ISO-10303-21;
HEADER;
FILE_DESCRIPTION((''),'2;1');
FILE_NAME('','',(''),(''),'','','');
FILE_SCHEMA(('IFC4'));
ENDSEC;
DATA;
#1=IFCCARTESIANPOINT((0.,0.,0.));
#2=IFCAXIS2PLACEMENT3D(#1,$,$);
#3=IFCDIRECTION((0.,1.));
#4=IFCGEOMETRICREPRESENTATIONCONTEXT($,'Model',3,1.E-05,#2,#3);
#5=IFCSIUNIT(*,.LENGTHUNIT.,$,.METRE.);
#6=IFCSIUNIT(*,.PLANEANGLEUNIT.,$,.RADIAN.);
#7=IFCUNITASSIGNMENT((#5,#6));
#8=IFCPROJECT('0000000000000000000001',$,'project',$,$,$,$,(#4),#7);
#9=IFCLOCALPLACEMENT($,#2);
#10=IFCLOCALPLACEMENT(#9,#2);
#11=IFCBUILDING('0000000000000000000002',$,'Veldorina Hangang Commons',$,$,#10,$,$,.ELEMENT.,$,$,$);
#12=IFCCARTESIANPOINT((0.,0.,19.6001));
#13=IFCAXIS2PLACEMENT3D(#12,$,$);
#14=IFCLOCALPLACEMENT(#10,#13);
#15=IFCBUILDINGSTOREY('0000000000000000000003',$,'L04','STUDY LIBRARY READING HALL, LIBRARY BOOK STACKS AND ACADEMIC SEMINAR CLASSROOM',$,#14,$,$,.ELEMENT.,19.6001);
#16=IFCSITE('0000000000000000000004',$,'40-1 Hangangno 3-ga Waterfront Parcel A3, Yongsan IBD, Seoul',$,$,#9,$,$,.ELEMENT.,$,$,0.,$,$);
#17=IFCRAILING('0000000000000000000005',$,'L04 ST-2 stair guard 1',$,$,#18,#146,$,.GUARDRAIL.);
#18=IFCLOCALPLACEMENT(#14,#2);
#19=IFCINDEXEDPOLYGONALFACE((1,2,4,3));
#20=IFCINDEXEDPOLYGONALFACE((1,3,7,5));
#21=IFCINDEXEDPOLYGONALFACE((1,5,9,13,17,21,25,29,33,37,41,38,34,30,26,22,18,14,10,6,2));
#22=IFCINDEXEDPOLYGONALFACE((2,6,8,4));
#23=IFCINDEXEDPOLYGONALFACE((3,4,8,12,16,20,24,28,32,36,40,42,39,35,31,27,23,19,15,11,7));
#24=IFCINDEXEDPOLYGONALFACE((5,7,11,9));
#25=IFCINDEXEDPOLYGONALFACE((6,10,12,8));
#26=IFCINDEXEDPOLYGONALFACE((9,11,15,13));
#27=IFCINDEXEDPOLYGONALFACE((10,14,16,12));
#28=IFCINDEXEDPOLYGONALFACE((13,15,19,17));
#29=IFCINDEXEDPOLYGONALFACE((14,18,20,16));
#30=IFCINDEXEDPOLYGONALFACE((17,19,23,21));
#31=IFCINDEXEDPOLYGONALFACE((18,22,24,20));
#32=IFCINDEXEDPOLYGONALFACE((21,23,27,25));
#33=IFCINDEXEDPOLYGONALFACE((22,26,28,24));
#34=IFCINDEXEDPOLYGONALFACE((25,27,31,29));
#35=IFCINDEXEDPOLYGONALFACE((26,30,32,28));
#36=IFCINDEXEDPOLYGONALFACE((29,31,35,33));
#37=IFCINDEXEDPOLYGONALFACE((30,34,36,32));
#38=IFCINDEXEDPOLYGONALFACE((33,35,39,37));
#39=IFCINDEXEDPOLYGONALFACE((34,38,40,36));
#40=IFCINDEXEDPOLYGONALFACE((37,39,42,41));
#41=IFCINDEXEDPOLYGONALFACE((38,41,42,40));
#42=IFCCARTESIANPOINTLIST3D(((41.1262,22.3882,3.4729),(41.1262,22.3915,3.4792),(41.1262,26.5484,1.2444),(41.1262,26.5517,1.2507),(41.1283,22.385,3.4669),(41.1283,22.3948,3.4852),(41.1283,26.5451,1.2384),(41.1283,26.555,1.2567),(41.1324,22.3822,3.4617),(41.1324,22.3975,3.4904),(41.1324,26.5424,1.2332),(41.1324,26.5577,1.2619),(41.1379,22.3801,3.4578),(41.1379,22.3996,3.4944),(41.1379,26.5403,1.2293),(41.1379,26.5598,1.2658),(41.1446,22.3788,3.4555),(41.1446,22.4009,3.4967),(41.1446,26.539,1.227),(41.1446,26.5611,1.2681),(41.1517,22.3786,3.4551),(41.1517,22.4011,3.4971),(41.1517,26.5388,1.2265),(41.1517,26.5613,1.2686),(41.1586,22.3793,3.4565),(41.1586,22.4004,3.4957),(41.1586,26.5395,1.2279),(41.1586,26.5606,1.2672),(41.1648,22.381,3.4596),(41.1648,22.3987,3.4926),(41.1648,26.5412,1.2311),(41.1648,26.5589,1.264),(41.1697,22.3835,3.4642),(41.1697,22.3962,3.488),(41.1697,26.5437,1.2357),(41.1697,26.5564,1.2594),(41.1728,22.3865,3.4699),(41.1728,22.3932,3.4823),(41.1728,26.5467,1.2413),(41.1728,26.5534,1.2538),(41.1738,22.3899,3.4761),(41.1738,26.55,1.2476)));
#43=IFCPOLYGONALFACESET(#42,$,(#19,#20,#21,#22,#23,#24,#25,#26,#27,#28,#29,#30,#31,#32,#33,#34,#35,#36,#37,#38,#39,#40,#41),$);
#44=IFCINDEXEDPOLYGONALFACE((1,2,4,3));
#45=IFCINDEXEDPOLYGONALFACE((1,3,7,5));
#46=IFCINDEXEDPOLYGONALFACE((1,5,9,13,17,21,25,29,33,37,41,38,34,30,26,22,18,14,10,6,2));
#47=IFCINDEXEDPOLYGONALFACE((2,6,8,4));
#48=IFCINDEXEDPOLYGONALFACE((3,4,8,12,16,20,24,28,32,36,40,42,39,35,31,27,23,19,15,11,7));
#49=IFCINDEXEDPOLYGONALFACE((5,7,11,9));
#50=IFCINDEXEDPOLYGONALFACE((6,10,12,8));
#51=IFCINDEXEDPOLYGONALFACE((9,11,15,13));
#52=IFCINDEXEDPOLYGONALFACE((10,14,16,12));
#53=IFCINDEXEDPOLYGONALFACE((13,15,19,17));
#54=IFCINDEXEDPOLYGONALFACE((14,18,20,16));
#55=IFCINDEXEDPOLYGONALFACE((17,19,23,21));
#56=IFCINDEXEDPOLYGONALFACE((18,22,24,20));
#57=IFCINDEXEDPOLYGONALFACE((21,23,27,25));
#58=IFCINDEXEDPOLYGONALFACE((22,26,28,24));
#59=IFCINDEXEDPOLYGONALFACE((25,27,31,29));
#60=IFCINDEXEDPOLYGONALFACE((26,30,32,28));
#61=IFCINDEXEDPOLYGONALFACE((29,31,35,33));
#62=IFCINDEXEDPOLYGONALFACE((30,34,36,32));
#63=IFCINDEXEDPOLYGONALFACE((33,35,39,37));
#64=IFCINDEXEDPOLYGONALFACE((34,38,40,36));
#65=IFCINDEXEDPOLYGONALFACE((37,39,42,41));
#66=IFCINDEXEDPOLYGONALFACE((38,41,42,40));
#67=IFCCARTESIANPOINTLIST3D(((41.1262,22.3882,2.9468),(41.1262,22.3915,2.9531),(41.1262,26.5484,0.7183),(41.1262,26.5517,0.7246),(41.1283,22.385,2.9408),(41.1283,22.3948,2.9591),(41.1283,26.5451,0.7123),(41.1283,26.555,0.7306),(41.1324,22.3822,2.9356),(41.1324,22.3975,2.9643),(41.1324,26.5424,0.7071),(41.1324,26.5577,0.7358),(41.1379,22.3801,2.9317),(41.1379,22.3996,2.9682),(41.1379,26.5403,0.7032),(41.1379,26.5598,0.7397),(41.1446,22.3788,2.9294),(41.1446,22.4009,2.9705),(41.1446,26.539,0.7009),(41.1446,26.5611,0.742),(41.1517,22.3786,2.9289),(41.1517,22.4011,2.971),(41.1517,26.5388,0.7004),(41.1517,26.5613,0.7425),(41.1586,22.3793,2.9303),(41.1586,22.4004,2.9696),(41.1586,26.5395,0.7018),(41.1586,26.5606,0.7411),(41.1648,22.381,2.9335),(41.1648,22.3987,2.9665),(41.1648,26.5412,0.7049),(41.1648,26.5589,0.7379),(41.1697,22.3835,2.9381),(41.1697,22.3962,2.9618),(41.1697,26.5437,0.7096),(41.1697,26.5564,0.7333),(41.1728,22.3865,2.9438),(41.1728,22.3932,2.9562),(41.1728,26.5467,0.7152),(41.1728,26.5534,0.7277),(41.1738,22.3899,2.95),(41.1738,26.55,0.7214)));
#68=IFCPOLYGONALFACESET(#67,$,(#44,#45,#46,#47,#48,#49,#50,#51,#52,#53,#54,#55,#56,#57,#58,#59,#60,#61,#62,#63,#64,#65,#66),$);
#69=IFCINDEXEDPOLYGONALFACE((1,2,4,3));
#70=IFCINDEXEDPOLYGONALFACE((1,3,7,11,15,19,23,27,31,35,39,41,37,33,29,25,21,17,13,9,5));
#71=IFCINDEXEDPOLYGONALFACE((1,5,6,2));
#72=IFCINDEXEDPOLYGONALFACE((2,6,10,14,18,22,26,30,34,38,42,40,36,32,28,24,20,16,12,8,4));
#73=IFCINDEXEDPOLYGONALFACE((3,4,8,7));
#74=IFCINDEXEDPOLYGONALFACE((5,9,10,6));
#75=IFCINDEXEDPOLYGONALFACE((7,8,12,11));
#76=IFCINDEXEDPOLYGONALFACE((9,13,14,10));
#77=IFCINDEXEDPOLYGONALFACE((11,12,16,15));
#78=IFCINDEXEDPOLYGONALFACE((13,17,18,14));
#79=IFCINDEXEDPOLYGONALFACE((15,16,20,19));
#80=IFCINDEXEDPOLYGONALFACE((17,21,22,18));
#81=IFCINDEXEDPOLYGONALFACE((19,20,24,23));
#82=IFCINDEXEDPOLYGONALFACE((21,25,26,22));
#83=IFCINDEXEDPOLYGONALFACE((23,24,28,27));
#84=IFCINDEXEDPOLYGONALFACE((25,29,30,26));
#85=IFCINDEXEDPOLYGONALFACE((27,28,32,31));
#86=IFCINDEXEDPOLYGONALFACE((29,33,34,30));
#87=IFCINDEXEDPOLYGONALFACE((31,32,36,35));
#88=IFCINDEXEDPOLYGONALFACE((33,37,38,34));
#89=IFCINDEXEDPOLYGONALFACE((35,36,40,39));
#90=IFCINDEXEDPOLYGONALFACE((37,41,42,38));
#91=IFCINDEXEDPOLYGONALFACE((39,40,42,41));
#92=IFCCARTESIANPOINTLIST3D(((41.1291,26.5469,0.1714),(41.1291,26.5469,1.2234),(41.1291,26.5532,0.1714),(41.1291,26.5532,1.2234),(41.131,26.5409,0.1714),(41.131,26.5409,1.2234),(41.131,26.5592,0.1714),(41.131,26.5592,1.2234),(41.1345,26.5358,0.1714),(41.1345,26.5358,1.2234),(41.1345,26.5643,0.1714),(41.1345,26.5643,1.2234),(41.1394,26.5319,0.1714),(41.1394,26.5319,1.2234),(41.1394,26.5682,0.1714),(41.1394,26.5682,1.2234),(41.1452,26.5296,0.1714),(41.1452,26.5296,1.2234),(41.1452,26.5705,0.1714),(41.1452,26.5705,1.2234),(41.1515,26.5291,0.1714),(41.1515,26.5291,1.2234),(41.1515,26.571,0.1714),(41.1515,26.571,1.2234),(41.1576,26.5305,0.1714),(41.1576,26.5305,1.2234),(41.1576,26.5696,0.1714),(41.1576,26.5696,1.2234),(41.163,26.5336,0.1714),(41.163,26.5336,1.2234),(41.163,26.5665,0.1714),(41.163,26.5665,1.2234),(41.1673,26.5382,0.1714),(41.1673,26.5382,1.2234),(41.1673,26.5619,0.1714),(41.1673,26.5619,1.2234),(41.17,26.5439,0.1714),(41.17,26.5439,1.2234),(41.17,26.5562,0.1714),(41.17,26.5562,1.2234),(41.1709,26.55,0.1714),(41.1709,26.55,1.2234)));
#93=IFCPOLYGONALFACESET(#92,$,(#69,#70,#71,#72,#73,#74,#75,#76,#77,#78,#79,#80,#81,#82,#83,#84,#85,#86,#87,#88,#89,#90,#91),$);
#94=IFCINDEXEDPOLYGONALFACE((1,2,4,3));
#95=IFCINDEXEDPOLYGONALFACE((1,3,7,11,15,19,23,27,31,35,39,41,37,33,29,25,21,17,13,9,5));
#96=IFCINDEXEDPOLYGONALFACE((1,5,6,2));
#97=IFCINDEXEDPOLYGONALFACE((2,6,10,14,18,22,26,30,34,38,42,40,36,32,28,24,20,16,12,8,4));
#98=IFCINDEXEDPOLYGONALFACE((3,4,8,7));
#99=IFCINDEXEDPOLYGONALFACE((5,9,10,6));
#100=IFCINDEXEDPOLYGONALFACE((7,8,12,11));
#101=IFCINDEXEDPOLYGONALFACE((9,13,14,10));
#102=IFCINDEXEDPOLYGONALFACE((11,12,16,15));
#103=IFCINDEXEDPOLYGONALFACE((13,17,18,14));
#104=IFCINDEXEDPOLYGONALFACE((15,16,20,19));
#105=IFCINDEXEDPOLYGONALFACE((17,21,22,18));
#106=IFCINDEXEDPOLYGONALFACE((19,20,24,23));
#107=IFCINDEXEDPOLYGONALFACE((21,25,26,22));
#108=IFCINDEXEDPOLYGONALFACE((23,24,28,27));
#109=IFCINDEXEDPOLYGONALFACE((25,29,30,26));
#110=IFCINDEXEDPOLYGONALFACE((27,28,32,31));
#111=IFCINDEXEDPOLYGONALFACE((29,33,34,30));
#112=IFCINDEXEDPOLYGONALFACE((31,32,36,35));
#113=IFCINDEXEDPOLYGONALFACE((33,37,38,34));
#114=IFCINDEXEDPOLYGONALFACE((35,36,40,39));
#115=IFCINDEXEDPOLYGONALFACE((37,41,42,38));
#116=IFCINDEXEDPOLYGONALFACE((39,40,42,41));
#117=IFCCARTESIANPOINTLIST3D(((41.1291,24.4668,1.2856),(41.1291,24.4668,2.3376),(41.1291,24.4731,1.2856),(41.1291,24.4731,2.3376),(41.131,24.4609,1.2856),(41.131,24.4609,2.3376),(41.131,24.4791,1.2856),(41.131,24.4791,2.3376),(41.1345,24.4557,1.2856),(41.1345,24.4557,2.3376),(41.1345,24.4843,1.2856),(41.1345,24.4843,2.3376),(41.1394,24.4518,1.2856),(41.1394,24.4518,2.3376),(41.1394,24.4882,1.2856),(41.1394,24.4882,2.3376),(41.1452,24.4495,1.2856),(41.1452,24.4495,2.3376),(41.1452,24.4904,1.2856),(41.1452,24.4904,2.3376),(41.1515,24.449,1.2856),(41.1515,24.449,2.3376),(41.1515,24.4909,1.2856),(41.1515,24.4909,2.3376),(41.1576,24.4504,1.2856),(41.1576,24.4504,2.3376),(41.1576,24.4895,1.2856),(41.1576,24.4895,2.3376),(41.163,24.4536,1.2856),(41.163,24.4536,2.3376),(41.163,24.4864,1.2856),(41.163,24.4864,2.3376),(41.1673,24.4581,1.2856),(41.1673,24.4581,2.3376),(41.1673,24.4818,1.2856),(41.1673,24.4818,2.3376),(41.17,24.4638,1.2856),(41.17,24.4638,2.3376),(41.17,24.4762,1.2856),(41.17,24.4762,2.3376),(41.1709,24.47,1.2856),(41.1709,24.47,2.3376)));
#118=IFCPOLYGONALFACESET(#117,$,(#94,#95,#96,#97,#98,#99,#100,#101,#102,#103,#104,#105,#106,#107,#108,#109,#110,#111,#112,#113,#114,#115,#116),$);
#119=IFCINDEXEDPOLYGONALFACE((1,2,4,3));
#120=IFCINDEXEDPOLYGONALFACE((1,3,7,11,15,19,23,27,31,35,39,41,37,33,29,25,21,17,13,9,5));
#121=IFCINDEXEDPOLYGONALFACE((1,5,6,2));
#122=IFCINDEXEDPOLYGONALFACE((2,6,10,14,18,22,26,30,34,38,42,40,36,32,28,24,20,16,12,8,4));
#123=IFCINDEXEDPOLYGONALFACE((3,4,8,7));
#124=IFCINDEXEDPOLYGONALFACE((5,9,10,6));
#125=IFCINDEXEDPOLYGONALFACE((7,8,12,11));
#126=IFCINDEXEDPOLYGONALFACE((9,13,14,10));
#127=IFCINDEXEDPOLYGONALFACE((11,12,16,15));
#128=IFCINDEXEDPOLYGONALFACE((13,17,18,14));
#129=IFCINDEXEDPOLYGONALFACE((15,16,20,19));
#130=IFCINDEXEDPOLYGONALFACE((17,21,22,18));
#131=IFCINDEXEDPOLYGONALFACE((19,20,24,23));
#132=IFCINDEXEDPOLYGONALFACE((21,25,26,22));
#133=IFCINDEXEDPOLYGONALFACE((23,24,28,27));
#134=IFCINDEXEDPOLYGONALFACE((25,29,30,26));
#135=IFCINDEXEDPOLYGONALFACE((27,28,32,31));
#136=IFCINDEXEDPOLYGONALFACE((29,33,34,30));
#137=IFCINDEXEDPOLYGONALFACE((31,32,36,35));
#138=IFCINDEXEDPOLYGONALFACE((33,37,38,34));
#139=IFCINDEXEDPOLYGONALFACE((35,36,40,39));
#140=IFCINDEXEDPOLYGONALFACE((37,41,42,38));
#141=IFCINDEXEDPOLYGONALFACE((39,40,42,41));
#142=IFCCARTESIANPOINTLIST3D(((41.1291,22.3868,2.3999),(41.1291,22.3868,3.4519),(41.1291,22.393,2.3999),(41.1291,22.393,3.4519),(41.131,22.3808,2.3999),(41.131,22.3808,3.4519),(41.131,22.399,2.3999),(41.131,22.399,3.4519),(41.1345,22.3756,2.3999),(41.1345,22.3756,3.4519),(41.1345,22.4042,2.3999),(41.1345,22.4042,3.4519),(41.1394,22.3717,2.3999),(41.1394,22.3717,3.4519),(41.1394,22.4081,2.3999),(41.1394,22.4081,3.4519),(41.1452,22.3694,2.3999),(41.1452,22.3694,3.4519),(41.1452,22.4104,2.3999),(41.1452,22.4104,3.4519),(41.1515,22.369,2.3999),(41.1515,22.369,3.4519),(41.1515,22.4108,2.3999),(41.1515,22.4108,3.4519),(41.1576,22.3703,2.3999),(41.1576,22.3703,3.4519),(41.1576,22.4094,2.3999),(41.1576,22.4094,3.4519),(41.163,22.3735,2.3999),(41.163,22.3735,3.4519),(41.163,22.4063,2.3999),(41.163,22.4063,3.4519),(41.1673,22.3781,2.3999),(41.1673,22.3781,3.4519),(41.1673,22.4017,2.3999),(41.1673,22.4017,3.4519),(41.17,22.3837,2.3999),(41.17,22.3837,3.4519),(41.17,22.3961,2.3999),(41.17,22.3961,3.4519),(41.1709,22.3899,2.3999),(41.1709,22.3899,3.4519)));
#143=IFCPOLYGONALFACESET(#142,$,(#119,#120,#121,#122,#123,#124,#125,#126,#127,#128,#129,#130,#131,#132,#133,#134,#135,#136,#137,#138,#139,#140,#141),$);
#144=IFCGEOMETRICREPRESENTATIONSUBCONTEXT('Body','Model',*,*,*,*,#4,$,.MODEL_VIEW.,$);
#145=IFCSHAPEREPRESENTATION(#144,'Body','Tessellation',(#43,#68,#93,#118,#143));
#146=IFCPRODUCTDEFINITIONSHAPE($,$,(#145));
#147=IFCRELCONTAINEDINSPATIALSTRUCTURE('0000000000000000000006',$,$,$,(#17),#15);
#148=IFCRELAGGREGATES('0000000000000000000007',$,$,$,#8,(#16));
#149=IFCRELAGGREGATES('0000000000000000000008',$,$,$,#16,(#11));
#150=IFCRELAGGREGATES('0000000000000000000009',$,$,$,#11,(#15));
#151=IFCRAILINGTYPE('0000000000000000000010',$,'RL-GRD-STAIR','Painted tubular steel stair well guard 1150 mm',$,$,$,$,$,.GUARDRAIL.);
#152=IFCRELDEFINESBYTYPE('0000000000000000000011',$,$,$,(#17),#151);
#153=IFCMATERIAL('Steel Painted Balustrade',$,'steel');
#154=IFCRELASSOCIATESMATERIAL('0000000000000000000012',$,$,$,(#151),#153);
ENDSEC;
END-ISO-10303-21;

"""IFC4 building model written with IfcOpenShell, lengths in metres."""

from ifc_helpers import new_model, si_unit, direction, frame, origin, origin_2d, place, context, subcontext, project, spatial, circle, extrude, material, type_object, element, save


model = new_model("IFC4")

# Units and contexts
model_context = context("Model", 3, precision=1e-05, world=origin(), true_north=direction((0.0, 1.0)))
body_context = subcontext(model_context, "Body", "Model", "MODEL_VIEW")
ifc_project = project(units=[si_unit("LENGTHUNIT", "METRE"), si_unit("PLANEANGLEUNIT", "RADIAN")], contexts=[model_context])

# Site, building, storey
site_placement = place(None, origin())
site = spatial("IfcSite", under=ifc_project, at=site_placement, Name="40-1 Hangangno 3-ga Waterfront Parcel A3, Yongsan IBD, Seoul", CompositionType="ELEMENT", RefElevation=0.0)
building_placement = place(site_placement, origin())
building = spatial("IfcBuilding", under=site, at=building_placement, Name="Veldorina Hangang Commons", CompositionType="ELEMENT")
storey_placement = place(building_placement, frame((0.0, 0.0, 19.6001)))
storey = spatial("IfcBuildingStorey", under=building, at=storey_placement, Name="L04", Description="STUDY LIBRARY READING HALL, LIBRARY BOOK STACKS AND ACADEMIC SEMINAR CLASSROOM", CompositionType="ELEMENT", Elevation=19.6001)

# Railing
ifc_material_1 = material(Name="Steel Painted Balustrade", Category="steel")
railing_type_1 = type_object("IfcRailingType", Name="RL-GRD-STAIR", Description="Painted tubular steel stair well guard 1150 mm", PredefinedType="GUARDRAIL", material=ifc_material_1)
railing_1_placement = place(storey_placement, frame((41.1499, 26.55, 0.1714)))
element("IfcRailing", 1, at=railing_1_placement, inside=storey, type_object=railing_type_1, Name="L04 ST-2 stair guard 1", PredefinedType="GUARDRAIL", context=body_context, shape_type="SweptSolid", body=[
    extrude(circle(Radius=0.0239, at=origin_2d()), frame((0.0, 0.0, 1.0762), z_axis=(0.0, -0.881492, 0.472198), x_axis=(1.0, 0.0, 0.0)), (0.0, 0.0, 1.0), 4.7195),
    extrude(circle(Radius=0.0239, at=origin_2d()), frame((0.0, 0.0, 0.55), z_axis=(0.0, -0.881492, 0.472198), x_axis=(1.0, 0.0, 0.0)), (0.0, 0.0, 1.0), 4.7195),
    extrude(circle(Radius=0.021, at=origin_2d()), origin(), (0.0, 0.0, 1.0), 1.052),
    extrude(circle(Radius=0.021, at=origin_2d()), frame((0.0, -2.0801, 1.1143)), (0.0, 0.0, 1.0), 1.052),
    extrude(circle(Radius=0.021, at=origin_2d()), frame((0.0, -4.1602, 2.2285)), (0.0, 0.0, 1.0), 1.052),
])

save(model, "model.ifc")
